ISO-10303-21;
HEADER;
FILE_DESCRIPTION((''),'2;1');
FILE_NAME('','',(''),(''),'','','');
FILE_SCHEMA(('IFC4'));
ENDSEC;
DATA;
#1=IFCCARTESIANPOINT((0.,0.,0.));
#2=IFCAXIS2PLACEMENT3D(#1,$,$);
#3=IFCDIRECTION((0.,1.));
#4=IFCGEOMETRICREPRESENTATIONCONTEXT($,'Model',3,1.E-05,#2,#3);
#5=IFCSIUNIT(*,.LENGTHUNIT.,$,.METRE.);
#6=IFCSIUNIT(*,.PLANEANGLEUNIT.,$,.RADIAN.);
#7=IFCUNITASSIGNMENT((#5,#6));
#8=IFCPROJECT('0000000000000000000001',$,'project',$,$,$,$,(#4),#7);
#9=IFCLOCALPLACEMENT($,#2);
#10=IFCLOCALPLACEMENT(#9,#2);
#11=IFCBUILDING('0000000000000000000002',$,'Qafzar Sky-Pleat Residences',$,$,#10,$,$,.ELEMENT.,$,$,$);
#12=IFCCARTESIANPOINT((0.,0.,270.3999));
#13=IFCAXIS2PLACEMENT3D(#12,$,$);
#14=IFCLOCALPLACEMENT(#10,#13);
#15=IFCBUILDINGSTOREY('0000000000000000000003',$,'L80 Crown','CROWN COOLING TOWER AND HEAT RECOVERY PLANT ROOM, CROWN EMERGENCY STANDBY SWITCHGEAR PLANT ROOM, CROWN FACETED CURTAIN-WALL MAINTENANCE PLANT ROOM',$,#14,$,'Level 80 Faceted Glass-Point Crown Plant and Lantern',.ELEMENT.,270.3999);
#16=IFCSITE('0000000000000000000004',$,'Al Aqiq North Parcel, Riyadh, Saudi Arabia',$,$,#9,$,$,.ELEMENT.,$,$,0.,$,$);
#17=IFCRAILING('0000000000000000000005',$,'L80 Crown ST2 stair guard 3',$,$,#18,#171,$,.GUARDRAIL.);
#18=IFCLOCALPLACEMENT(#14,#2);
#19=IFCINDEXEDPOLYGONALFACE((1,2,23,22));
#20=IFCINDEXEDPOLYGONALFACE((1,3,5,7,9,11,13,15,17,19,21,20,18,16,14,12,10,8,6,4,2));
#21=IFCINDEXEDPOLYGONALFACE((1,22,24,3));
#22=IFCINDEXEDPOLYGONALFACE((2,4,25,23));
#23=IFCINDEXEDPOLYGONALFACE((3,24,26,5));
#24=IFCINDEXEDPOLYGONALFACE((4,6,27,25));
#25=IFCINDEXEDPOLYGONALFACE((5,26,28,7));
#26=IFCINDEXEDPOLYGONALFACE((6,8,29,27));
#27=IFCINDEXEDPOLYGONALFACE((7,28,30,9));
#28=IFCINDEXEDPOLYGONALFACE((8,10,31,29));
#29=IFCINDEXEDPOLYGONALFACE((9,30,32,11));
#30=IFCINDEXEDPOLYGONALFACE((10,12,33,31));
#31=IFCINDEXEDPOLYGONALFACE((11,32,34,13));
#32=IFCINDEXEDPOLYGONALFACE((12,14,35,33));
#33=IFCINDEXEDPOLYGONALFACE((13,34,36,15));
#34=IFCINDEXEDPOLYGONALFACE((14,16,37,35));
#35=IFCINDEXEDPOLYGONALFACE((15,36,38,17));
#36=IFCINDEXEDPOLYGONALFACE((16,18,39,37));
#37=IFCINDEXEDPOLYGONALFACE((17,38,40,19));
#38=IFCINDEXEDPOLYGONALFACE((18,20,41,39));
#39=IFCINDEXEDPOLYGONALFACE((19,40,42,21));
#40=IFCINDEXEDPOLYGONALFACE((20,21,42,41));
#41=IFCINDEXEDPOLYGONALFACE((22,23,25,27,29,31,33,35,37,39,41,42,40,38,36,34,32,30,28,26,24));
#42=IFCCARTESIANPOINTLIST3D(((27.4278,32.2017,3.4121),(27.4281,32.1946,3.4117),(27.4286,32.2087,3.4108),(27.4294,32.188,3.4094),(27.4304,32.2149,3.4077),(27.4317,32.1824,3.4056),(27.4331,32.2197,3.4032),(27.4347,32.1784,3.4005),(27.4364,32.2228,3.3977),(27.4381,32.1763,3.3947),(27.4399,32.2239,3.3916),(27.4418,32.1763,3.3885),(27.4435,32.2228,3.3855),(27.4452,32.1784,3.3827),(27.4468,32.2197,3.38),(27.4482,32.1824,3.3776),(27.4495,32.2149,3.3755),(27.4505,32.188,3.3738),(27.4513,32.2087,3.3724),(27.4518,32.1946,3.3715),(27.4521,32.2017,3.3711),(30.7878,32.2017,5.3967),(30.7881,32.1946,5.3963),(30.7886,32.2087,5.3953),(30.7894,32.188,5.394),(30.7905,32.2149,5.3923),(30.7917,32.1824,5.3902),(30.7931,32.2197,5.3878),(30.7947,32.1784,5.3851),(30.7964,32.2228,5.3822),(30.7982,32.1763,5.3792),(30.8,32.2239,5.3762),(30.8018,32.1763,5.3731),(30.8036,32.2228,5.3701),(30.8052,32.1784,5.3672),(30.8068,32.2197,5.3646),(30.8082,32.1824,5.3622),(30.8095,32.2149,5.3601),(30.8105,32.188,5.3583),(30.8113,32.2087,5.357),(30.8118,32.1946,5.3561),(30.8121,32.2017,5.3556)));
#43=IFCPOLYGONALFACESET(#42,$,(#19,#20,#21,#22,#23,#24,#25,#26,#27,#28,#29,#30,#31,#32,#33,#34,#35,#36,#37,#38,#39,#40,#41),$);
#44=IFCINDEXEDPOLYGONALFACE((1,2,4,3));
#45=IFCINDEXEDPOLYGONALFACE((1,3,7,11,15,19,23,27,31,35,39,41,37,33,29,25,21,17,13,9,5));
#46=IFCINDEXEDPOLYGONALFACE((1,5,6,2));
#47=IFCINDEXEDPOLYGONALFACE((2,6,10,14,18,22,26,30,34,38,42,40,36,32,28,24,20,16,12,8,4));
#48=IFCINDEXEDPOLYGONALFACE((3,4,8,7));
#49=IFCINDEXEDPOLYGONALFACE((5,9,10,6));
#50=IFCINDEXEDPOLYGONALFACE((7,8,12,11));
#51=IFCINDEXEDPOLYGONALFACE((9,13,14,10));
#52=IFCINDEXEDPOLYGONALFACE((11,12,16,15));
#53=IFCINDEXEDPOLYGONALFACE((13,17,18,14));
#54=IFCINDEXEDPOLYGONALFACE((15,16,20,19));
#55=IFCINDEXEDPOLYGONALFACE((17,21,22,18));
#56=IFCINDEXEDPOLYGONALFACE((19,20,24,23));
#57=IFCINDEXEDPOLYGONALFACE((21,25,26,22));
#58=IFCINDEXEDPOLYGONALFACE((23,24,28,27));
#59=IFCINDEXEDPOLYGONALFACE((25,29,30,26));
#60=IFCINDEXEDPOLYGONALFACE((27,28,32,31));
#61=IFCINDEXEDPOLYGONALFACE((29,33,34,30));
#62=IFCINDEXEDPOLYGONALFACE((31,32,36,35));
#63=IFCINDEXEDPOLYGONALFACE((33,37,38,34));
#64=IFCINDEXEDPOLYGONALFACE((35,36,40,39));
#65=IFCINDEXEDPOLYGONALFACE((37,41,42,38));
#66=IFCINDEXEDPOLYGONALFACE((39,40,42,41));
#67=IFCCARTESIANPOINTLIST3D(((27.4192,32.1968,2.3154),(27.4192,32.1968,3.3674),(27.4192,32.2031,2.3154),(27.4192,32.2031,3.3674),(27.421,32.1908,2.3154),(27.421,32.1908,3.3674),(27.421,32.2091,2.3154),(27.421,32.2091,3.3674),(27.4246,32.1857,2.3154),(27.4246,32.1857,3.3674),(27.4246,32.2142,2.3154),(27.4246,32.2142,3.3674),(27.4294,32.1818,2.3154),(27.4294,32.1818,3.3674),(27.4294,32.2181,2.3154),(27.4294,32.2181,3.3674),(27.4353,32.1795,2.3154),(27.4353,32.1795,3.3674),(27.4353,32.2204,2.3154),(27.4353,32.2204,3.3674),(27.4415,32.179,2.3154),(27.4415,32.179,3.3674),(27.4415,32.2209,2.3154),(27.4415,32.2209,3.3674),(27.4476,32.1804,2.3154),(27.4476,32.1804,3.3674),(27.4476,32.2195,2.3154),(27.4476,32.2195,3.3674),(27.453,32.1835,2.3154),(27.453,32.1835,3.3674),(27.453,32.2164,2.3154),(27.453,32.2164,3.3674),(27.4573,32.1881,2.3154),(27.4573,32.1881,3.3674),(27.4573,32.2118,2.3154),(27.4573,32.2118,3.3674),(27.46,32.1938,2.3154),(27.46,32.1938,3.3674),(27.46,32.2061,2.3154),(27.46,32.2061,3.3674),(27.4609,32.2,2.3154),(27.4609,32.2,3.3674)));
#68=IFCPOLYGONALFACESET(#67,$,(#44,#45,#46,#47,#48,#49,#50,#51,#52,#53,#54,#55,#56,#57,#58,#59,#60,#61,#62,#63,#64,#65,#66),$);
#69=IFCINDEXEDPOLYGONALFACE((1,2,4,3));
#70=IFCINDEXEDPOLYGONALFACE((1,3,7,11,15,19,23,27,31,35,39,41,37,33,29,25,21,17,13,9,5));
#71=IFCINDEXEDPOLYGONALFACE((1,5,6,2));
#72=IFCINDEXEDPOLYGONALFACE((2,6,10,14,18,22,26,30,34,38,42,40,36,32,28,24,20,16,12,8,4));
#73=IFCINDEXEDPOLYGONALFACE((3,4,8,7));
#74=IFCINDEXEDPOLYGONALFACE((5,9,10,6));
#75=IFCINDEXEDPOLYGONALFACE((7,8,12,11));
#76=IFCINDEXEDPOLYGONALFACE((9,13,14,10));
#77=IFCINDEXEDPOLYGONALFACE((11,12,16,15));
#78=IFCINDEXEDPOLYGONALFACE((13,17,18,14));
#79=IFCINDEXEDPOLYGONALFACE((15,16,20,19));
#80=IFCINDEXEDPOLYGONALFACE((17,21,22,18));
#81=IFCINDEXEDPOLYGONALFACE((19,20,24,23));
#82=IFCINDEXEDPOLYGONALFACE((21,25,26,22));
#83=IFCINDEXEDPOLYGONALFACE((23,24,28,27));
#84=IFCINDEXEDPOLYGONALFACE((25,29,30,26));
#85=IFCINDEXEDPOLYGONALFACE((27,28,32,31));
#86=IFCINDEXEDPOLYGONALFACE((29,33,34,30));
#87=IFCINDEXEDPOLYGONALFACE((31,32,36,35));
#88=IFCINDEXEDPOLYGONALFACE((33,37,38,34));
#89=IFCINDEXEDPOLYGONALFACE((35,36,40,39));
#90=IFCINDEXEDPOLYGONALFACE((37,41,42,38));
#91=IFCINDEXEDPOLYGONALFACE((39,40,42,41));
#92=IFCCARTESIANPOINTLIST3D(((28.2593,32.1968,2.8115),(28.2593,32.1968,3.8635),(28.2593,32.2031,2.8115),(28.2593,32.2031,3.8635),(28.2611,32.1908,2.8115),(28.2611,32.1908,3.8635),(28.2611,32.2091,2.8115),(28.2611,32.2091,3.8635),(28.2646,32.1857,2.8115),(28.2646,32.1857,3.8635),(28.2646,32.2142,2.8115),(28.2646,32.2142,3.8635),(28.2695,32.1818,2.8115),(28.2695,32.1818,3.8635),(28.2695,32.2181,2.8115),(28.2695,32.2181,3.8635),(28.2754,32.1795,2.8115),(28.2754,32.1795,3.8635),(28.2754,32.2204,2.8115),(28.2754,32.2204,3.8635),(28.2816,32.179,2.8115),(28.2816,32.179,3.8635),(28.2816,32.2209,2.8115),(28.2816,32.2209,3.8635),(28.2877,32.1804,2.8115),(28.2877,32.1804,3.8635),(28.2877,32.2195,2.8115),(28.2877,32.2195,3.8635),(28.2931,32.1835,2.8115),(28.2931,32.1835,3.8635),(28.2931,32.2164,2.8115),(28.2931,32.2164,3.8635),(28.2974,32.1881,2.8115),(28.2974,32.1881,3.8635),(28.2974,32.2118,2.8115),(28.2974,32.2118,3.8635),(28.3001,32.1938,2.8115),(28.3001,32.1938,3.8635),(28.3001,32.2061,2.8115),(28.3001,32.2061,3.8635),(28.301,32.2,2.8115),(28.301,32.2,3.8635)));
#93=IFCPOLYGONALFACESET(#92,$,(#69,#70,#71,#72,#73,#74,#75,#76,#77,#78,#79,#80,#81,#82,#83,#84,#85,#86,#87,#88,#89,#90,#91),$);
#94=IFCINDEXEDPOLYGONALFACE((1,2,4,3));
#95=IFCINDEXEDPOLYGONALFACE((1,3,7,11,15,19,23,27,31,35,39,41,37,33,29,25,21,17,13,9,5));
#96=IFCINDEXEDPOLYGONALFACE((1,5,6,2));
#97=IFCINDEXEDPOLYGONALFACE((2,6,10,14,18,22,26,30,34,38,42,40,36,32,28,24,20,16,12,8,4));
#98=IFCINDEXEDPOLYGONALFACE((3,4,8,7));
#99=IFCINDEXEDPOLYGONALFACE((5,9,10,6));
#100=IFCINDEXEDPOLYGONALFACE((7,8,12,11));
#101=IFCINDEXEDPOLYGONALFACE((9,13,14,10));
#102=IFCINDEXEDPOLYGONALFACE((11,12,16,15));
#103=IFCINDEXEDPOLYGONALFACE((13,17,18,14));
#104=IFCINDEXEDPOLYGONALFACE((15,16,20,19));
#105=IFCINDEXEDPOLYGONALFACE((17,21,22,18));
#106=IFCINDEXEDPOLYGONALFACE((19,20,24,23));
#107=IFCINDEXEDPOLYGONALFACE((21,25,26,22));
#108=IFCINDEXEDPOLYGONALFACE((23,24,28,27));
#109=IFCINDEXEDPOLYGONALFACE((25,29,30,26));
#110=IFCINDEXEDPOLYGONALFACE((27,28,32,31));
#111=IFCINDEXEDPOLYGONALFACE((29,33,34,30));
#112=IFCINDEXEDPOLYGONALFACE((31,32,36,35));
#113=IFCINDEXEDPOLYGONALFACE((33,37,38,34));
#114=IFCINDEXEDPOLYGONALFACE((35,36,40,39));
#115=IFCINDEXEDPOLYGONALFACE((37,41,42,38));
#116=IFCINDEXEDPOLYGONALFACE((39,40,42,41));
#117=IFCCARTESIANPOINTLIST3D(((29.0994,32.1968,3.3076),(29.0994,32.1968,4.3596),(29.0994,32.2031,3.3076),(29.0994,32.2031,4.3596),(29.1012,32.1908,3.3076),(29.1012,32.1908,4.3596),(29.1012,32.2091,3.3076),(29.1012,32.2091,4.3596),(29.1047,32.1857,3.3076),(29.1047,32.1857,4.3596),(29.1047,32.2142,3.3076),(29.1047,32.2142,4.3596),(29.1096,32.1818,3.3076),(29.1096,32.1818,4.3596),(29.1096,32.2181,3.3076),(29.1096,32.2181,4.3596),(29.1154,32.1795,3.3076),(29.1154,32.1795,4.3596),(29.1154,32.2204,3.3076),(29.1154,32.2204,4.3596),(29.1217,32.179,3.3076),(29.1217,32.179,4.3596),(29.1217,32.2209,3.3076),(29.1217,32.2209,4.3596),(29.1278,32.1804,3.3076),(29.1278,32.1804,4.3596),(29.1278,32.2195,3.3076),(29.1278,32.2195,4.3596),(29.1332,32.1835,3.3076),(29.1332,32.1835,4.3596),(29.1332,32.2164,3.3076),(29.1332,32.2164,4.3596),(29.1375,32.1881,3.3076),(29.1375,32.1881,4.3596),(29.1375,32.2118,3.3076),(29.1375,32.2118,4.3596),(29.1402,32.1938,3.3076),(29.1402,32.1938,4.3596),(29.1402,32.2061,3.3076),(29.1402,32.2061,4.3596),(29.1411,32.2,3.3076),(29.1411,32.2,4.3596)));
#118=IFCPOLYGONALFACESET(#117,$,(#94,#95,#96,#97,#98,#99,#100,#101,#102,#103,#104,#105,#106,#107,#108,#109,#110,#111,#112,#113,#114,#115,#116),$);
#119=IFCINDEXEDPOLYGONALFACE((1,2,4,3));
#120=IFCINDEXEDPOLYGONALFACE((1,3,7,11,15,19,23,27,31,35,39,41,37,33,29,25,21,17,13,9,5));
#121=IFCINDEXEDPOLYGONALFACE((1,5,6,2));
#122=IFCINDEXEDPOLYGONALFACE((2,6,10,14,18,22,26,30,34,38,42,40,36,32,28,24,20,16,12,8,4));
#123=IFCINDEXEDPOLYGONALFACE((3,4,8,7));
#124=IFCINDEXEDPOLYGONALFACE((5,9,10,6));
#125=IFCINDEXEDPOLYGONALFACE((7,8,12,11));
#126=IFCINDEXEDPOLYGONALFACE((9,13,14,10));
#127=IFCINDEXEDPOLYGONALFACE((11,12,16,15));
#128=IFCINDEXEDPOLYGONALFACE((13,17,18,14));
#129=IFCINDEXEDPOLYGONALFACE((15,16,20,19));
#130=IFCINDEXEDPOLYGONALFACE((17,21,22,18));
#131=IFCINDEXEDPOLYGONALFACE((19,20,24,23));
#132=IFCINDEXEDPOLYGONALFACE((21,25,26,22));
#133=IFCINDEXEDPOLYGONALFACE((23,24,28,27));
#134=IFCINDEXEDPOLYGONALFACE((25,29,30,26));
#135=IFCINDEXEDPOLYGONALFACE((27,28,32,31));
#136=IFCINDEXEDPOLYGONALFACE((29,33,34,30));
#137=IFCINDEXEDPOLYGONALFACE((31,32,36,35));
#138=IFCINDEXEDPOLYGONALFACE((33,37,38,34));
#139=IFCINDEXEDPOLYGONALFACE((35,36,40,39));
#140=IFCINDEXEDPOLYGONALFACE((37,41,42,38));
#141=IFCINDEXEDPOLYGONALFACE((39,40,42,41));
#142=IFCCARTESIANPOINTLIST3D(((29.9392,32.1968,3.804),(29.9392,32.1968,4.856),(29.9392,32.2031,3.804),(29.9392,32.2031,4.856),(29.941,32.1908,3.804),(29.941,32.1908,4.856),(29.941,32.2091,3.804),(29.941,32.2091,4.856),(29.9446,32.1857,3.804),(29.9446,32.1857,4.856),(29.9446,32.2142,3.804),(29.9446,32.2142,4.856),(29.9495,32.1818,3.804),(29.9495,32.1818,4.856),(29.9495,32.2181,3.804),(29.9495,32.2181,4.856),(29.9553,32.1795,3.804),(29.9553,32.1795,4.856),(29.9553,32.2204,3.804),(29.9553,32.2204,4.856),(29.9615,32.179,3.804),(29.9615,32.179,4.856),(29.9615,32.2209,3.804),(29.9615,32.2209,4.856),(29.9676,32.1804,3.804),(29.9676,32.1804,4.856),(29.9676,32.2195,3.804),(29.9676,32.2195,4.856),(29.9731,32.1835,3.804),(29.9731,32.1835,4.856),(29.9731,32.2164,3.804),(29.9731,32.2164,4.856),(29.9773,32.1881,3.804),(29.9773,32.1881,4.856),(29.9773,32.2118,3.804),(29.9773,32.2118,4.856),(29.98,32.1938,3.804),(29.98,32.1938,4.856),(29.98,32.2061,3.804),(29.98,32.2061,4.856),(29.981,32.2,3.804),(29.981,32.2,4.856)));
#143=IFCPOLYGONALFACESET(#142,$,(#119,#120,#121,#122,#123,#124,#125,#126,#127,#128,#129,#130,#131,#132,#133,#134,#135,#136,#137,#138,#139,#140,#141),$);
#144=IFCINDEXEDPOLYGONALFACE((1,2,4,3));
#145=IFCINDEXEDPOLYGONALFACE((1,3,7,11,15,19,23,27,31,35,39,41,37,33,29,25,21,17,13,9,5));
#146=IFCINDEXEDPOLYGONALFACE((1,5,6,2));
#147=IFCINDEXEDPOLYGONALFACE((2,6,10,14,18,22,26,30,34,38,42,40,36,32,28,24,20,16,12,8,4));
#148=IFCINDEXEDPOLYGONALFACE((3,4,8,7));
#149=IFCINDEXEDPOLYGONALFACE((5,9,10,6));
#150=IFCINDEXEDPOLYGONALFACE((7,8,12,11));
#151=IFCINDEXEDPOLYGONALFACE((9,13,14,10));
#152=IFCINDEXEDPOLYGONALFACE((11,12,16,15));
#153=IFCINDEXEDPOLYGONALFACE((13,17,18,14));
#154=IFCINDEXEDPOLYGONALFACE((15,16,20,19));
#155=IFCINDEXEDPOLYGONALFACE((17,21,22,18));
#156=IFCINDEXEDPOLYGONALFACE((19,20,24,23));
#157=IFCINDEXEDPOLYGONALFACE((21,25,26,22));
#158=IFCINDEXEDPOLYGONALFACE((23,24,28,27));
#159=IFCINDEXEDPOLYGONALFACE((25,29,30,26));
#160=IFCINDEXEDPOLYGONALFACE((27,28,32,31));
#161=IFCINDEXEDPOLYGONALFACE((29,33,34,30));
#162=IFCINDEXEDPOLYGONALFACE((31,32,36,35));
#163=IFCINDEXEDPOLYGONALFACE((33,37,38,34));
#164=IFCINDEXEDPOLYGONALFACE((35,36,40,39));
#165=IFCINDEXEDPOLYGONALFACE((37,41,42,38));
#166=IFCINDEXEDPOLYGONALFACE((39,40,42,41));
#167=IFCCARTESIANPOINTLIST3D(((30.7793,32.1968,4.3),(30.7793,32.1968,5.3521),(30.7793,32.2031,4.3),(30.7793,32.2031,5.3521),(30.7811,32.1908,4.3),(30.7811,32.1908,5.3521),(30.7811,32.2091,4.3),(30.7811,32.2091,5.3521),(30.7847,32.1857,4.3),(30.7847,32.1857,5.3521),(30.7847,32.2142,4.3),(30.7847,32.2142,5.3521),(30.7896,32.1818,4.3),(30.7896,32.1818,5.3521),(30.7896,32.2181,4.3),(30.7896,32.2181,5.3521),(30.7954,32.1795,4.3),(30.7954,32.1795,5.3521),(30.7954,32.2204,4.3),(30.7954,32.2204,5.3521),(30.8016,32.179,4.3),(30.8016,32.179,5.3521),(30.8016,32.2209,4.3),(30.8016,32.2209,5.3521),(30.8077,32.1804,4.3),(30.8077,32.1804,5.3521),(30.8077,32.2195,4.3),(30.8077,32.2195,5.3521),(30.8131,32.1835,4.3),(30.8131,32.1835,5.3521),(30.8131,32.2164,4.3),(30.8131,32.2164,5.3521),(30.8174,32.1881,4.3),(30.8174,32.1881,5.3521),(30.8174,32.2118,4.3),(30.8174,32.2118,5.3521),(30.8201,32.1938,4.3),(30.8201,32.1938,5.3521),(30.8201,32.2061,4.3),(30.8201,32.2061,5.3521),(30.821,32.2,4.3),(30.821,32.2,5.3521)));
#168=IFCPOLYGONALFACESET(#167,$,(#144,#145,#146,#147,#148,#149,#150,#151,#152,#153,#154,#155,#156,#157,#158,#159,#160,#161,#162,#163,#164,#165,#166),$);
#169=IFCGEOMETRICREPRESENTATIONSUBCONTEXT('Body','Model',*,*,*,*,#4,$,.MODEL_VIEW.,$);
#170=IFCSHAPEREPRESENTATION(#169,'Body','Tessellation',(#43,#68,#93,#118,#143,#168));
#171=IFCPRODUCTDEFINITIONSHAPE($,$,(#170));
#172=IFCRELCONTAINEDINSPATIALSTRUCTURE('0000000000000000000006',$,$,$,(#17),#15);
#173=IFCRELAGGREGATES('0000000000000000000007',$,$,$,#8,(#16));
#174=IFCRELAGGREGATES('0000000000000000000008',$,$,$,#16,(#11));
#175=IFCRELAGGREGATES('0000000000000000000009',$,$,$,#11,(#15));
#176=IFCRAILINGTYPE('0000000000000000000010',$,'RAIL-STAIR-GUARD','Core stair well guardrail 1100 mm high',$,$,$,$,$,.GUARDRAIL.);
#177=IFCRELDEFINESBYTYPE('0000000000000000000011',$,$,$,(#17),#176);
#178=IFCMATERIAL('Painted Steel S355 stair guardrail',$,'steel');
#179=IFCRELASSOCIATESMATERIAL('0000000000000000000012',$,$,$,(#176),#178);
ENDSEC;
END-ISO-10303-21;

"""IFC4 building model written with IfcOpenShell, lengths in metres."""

from ifc_helpers import new_model, si_unit, direction, frame, origin, origin_2d, place, context, subcontext, project, spatial, circle, extrude, source, transform, mapped, material, type_object, element, save


model = new_model("IFC4")

# Units and contexts
model_context = context("Model", 3, precision=1e-05, world=origin(), true_north=direction((0.0, 1.0)))
body_context = subcontext(model_context, "Body", "Model", "MODEL_VIEW")
ifc_project = project(units=[si_unit("LENGTHUNIT", "METRE"), si_unit("PLANEANGLEUNIT", "RADIAN")], contexts=[model_context])

# Site, building, storey
site_placement = place(None, origin())
site = spatial("IfcSite", under=ifc_project, at=site_placement, Name="Al Aqiq North Parcel, Riyadh, Saudi Arabia", CompositionType="ELEMENT", RefElevation=0.0)
building_placement = place(site_placement, origin())
building = spatial("IfcBuilding", under=site, at=building_placement, Name="Qafzar Sky-Pleat Residences", CompositionType="ELEMENT")
storey_placement = place(building_placement, frame((0.0, 0.0, 270.3999)))
storey = spatial("IfcBuildingStorey", under=building, at=storey_placement, Name="L80 Crown", Description="CROWN COOLING TOWER AND HEAT RECOVERY PLANT ROOM, CROWN EMERGENCY STANDBY SWITCHGEAR PLANT ROOM, CROWN FACETED CURTAIN-WALL MAINTENANCE PLANT ROOM", LongName="Level 80 Faceted Glass-Point Crown Plant and Lantern", CompositionType="ELEMENT", Elevation=270.3999)

# Railing
ifc_material_1 = material(Name="Painted Steel S355 stair guardrail", Category="steel")
railing_type_1 = type_object("IfcRailingType", Name="RAIL-STAIR-GUARD", Description="Core stair well guardrail 1100 mm high", PredefinedType="GUARDRAIL", material=ifc_material_1)
shared_shape_1 = source(origin(), body_context, "Body", "SweptSolid", [
    extrude(circle(Radius=0.0239, at=origin_2d()), frame((0.0, 0.0, 1.0762), z_axis=(0.861027, 0.0, 0.508559), x_axis=(0.0, 1.0, 0.0)), (0.0, 0.0, 1.0), 3.9023),
    extrude(circle(Radius=0.021, at=origin_2d()), origin(), (0.0, 0.0, 1.0), 1.052),
    extrude(circle(Radius=0.021, at=origin_2d()), frame((0.8401, 0.0, 0.4961)), (0.0, 0.0, 1.0), 1.052),
    extrude(circle(Radius=0.021, at=origin_2d()), frame((1.6802, 0.0, 0.9922)), (0.0, 0.0, 1.0), 1.052),
    extrude(circle(Radius=0.021, at=origin_2d()), frame((2.52, 0.0, 1.4885)), (0.0, 0.0, 1.0), 1.052),
    extrude(circle(Radius=0.021, at=origin_2d()), frame((3.3601, 0.0, 1.9846)), (0.0, 0.0, 1.0), 1.052),
])
railing_1_placement = place(storey_placement, frame((27.4399, 32.2, 2.3154)))
element("IfcRailing", 1, at=railing_1_placement, inside=storey, type_object=railing_type_1, Name="L80 Crown ST2 stair guard 3", PredefinedType="GUARDRAIL", context=body_context, shape_type="MappedRepresentation", body=[
    mapped(shared_shape_1, transform((0.0, 0.0, 0.0), x_axis=(1.0, 0.0, 0.0), y_axis=(0.0, 1.0, 0.0), z_axis=(0.0, 0.0, 1.0), scale=1.0)),
])

save(model, "model.ifc")
